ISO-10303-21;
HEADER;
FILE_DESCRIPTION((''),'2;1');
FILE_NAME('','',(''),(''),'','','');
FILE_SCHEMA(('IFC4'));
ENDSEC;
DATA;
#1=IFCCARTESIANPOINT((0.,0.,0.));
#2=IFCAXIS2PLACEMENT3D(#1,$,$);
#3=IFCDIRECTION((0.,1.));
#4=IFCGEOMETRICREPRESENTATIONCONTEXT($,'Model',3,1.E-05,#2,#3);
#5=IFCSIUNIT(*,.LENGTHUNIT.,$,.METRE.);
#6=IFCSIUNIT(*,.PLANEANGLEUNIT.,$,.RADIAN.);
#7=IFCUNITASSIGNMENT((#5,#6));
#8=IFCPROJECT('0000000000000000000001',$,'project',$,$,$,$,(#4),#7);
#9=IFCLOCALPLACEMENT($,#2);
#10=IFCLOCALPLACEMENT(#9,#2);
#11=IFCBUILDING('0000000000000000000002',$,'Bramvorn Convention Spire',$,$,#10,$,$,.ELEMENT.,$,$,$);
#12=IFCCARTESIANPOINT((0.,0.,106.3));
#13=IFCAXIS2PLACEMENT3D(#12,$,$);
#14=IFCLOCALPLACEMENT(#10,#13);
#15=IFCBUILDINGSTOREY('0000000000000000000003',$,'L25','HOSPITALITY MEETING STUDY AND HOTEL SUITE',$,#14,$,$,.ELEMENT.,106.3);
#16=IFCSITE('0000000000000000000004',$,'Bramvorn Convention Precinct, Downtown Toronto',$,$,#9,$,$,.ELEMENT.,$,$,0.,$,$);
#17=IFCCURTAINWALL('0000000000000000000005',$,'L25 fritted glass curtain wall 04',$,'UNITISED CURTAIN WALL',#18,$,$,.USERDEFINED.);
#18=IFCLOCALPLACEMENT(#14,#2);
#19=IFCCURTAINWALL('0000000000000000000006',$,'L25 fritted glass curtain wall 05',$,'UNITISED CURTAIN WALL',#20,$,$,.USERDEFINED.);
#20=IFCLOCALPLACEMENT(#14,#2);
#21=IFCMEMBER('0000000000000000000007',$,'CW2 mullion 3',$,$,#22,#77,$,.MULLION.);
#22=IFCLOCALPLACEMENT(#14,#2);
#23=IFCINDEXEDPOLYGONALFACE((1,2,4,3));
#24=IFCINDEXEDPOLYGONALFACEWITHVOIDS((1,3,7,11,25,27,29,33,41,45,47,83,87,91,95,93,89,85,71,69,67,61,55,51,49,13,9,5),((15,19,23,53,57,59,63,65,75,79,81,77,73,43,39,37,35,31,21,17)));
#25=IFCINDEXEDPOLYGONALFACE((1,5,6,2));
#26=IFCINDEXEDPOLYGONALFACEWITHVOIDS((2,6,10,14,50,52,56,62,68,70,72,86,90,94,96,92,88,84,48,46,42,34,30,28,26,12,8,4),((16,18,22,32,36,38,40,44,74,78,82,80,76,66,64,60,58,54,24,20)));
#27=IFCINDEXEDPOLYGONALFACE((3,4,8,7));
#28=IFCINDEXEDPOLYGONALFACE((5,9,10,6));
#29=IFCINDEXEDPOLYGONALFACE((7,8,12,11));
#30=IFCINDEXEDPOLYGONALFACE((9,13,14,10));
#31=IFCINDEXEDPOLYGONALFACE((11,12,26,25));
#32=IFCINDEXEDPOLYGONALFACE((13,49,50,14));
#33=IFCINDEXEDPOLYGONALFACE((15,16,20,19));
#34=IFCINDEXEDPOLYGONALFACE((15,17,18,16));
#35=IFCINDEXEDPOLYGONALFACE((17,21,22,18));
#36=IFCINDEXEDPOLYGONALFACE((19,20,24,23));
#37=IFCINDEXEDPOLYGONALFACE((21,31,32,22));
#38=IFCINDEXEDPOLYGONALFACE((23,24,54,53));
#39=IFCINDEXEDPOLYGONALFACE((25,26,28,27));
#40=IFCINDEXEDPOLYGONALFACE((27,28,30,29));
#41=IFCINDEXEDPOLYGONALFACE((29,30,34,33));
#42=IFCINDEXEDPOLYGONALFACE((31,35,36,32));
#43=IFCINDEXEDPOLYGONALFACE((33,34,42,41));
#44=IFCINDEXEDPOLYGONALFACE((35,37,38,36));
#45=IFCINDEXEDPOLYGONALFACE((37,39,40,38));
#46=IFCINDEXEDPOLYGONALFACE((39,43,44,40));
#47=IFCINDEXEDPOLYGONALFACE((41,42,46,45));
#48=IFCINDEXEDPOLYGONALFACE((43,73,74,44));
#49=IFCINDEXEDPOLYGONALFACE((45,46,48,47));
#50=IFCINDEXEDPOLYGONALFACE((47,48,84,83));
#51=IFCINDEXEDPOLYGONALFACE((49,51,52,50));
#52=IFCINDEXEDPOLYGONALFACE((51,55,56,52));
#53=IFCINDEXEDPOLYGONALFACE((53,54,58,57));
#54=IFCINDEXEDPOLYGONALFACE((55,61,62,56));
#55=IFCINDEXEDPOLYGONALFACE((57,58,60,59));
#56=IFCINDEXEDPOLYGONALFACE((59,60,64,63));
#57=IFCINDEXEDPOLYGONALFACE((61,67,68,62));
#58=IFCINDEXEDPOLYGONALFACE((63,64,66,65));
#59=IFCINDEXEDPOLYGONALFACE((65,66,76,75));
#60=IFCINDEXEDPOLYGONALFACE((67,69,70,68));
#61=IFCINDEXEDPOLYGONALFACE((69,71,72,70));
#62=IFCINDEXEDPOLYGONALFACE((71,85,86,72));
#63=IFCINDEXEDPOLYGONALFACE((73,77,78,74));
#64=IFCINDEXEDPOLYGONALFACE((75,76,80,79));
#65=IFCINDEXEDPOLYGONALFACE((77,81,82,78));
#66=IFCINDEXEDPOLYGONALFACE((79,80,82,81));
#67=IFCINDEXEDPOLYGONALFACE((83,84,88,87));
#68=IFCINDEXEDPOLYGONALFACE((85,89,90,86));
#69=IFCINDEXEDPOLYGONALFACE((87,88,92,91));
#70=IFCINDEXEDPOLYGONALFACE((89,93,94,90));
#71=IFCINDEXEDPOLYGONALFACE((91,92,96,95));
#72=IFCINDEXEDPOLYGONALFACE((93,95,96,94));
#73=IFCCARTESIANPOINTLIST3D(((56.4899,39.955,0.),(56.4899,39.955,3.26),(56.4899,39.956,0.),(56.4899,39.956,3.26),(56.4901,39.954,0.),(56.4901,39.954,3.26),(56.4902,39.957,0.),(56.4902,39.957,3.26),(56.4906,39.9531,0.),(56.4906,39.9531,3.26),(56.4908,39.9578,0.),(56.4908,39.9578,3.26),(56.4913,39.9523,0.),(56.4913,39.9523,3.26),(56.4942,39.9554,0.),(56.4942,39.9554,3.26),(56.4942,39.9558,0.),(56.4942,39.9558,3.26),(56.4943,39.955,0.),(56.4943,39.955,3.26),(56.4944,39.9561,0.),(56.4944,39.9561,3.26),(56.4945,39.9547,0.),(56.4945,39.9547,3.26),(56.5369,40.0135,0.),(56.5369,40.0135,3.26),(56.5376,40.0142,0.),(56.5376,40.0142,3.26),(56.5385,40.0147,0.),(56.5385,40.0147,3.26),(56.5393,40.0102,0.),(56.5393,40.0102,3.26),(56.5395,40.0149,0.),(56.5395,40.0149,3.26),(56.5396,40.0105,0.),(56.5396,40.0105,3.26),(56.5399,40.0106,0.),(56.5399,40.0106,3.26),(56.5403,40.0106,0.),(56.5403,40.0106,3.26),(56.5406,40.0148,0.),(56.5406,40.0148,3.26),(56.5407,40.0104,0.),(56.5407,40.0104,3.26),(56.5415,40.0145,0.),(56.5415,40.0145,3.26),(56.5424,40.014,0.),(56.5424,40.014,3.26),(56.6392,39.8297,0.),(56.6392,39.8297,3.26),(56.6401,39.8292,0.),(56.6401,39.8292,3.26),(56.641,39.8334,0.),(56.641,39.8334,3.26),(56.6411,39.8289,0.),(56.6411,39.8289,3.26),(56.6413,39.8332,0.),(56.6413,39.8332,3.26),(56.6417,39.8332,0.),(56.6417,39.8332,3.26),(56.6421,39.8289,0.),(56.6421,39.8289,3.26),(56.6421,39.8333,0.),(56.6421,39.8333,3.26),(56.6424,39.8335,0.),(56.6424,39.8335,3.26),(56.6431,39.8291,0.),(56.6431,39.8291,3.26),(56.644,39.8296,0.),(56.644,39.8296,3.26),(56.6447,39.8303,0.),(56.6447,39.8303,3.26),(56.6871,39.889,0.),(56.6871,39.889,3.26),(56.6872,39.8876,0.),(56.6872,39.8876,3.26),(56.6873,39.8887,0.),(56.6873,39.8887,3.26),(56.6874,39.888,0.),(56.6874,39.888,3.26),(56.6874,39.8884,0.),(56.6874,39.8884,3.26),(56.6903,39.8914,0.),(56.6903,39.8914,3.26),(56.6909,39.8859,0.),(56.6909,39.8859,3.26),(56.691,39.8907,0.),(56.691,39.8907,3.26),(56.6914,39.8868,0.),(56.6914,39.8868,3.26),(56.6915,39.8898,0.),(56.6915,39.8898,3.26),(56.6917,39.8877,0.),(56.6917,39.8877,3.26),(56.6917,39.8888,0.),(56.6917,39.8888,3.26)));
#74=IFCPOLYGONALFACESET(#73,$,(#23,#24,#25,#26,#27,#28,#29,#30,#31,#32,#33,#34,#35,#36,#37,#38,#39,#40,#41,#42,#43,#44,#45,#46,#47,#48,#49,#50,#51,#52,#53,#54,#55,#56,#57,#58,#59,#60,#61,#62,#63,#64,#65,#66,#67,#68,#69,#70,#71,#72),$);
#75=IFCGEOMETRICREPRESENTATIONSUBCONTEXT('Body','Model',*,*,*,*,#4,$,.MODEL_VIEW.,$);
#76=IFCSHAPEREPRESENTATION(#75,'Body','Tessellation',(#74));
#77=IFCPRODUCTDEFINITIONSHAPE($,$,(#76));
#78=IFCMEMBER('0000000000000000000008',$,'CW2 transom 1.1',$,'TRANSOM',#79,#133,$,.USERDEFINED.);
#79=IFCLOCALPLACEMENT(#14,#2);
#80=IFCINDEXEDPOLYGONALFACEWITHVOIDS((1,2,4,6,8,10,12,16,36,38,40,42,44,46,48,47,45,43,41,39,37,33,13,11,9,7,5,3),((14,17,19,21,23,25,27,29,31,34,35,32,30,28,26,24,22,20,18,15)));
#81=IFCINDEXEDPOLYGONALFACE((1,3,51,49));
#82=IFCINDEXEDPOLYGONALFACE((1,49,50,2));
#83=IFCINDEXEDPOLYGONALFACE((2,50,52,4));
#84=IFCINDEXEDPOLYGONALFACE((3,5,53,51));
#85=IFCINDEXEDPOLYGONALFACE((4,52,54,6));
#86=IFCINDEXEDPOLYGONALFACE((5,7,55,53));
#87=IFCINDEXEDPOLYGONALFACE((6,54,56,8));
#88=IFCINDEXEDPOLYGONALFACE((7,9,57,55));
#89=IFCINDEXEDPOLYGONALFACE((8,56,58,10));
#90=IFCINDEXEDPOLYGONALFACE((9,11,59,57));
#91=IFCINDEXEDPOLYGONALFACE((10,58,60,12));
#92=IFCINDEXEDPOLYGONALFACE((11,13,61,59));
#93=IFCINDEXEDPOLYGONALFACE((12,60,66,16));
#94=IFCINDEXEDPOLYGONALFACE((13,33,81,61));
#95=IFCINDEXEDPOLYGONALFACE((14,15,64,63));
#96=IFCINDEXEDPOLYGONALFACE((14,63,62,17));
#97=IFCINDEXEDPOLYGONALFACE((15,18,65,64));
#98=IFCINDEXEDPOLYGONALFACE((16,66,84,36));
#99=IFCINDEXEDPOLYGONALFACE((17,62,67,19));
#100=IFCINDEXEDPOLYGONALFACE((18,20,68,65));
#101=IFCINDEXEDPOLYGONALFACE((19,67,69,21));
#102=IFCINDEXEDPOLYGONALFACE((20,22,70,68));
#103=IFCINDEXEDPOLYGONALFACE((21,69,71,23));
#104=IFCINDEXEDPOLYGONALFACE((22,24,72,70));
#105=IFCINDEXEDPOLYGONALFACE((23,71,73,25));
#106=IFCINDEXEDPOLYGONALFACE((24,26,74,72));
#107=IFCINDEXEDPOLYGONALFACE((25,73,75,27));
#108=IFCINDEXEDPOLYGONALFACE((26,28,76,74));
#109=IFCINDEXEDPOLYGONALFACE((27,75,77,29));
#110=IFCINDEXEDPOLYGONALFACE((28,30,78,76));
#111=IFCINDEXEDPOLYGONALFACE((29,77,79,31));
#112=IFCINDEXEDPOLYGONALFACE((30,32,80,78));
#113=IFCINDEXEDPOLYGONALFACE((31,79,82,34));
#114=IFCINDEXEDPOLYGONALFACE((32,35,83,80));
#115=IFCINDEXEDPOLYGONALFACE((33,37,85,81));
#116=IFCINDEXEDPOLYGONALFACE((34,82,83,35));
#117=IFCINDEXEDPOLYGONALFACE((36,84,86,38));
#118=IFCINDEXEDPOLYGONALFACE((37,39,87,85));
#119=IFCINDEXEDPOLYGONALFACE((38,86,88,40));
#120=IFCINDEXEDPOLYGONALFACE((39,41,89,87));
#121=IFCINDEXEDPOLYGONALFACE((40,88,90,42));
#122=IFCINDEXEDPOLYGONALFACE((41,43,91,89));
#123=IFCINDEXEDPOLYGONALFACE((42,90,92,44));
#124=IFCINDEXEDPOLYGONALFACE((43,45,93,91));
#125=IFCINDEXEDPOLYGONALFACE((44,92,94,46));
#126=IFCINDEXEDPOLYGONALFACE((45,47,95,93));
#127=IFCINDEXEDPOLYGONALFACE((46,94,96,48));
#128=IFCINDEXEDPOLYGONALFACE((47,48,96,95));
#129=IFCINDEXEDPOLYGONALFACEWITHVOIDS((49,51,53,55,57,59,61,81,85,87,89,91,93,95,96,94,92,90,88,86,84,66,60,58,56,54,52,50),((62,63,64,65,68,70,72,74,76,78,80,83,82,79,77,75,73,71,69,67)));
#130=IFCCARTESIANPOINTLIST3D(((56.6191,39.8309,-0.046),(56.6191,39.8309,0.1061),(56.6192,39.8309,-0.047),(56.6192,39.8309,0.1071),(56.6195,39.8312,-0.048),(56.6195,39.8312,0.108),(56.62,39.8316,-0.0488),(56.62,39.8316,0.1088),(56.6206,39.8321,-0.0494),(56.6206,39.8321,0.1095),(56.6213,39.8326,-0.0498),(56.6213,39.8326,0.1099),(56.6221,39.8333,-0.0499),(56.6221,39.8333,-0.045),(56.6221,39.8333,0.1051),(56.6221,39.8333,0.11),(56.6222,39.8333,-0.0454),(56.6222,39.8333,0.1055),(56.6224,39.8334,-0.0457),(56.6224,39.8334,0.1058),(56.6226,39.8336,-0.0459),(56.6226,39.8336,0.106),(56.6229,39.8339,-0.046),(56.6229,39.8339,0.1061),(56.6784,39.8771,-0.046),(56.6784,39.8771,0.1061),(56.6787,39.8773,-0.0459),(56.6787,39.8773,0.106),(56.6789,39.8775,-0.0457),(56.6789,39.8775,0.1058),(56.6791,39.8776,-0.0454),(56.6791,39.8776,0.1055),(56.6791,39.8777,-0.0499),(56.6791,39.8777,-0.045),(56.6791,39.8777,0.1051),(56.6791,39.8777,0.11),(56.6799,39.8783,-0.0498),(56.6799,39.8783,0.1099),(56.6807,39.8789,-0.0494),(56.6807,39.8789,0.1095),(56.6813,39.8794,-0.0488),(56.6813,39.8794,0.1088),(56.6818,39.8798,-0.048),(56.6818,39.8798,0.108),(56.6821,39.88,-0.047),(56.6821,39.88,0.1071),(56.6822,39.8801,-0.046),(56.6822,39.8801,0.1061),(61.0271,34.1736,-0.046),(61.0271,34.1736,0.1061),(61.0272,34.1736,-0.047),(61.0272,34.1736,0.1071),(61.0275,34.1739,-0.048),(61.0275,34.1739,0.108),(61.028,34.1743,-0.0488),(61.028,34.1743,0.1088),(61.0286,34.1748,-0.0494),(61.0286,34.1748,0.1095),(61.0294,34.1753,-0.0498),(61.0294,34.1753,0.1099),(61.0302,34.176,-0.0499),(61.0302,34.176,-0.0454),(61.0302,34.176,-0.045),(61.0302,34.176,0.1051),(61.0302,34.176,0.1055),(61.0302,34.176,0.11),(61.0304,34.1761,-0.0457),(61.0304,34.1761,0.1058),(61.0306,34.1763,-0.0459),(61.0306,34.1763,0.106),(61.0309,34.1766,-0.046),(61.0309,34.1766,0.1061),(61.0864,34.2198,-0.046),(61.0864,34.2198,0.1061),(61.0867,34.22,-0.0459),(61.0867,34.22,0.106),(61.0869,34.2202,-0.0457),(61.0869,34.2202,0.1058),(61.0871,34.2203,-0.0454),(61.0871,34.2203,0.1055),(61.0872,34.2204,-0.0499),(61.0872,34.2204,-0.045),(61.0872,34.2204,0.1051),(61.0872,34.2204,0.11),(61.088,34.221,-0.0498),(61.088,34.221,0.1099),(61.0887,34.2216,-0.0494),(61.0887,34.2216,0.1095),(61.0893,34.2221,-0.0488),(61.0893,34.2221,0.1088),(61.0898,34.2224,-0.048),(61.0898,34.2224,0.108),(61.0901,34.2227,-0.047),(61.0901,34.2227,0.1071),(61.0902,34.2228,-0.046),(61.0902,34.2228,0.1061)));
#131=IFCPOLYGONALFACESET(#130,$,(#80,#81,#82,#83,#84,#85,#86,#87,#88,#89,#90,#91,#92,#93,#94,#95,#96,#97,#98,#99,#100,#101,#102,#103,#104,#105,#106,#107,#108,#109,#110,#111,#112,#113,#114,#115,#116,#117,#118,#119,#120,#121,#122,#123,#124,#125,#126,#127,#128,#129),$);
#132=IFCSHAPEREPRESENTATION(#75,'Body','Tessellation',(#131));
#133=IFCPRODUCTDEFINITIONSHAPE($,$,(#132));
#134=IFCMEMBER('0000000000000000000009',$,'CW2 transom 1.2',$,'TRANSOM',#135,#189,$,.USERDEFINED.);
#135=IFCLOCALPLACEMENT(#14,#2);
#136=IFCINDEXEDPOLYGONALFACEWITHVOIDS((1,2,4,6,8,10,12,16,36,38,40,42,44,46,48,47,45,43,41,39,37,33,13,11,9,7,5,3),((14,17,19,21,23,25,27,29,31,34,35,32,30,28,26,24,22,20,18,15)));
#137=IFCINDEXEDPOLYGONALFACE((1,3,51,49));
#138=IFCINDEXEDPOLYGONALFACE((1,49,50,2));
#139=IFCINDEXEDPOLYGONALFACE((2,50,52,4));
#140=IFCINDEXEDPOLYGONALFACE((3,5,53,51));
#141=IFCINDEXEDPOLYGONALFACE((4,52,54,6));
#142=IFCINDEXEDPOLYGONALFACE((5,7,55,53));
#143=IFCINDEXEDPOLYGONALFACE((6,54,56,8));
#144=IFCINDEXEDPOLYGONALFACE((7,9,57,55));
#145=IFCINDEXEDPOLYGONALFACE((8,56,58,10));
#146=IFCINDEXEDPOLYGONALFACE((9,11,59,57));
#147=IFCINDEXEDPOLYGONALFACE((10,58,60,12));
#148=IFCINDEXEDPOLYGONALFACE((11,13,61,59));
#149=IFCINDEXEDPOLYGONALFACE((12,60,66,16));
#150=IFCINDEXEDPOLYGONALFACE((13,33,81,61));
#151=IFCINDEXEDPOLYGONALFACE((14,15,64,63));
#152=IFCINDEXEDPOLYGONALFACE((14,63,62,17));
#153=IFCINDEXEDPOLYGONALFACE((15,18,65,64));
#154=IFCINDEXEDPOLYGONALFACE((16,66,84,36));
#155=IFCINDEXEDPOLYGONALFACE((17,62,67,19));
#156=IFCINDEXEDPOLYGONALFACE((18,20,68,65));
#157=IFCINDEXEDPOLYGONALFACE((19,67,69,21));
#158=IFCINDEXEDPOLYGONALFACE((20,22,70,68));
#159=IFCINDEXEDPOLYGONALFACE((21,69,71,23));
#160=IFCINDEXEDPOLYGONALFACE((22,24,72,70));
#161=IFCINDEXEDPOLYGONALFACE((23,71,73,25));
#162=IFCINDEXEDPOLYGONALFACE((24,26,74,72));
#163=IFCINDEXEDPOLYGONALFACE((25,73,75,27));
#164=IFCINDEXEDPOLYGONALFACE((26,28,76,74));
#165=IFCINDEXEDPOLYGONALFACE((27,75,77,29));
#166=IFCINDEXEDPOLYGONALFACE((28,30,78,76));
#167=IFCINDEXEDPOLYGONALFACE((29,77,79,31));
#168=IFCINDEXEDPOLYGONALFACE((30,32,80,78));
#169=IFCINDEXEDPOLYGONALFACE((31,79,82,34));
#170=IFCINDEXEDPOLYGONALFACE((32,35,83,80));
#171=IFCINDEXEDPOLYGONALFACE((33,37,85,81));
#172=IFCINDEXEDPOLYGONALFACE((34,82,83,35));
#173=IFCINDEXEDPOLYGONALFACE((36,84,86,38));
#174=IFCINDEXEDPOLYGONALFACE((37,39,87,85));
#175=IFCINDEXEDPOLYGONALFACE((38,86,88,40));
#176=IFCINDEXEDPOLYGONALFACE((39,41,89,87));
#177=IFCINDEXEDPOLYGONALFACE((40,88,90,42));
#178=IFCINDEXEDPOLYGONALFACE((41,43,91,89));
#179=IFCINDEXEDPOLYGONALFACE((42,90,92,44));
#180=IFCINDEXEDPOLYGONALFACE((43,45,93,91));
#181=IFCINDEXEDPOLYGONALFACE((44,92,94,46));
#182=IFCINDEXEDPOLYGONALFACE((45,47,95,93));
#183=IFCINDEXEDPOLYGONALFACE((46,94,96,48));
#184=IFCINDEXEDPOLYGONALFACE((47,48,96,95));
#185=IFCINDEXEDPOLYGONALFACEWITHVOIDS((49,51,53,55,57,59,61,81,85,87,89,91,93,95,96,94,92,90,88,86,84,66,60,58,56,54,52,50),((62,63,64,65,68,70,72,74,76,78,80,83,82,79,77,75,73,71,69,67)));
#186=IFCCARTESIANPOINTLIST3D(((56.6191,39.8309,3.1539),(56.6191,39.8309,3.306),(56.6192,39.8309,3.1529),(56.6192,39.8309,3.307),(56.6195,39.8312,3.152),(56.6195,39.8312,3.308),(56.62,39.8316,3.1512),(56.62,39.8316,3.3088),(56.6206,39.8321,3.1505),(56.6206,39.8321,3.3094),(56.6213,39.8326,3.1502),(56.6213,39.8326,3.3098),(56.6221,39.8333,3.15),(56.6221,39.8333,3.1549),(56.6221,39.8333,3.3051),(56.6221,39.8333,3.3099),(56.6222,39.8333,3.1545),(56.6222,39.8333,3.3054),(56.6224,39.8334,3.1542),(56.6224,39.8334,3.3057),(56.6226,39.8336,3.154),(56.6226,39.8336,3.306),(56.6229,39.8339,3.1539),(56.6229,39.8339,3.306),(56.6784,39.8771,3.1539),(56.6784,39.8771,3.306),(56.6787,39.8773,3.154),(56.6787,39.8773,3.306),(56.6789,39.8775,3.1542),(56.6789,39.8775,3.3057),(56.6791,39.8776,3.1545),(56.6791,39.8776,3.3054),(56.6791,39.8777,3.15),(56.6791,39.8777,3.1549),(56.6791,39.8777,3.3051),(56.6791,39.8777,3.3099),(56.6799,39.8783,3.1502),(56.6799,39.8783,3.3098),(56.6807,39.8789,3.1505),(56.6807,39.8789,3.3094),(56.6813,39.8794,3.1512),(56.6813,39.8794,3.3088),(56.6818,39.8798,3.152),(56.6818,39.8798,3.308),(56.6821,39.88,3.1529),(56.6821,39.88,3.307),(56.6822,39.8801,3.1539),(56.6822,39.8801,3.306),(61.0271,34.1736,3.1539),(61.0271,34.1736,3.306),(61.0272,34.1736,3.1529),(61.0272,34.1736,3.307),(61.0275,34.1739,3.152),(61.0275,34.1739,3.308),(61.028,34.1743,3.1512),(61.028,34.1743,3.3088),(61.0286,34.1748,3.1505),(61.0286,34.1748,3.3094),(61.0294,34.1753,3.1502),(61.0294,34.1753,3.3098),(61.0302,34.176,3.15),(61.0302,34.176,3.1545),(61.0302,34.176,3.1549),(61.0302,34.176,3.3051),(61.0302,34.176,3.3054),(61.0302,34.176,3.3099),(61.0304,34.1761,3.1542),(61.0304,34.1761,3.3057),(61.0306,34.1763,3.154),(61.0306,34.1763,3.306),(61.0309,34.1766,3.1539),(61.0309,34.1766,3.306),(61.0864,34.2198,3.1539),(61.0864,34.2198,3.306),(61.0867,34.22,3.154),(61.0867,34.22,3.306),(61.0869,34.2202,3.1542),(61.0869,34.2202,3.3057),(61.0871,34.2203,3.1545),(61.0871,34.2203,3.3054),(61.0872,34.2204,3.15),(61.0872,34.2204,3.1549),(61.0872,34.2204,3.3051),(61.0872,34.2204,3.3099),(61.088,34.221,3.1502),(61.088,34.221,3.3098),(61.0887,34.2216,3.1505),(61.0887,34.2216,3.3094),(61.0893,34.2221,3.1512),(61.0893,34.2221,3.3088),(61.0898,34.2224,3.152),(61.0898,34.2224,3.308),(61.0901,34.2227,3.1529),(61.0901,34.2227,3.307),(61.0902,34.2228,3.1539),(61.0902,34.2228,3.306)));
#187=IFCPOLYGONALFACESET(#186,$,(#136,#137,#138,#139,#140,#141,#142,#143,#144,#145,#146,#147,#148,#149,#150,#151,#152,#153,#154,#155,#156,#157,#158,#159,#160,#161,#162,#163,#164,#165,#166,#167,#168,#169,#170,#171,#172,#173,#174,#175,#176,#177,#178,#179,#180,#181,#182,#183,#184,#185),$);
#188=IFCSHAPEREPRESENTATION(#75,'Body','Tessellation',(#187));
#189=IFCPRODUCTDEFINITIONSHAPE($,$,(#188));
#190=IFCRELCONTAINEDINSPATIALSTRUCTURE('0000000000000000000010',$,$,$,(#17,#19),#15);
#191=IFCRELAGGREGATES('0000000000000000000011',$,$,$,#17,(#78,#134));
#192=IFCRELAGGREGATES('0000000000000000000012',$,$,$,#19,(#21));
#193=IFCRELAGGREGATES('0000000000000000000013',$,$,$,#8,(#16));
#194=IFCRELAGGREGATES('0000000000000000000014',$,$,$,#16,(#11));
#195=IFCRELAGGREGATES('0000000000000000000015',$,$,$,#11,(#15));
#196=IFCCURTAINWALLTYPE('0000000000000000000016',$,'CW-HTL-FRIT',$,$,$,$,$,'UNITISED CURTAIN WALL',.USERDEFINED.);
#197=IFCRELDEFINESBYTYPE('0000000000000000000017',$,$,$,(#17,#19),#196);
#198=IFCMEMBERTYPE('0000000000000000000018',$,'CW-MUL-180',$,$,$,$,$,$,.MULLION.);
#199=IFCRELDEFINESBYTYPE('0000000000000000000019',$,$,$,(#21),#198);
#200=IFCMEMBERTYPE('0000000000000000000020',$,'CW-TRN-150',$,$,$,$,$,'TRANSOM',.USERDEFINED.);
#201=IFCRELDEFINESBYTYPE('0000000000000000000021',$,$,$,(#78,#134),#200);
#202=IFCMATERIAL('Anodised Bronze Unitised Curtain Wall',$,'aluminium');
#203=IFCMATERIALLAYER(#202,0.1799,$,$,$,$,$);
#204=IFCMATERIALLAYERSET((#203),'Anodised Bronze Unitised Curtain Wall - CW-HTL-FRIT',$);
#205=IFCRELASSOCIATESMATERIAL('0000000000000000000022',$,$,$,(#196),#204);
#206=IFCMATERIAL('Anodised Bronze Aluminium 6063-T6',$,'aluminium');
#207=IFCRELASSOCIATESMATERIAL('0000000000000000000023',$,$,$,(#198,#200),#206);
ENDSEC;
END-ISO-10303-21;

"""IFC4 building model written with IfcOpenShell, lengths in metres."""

from ifc_helpers import new_model, si_unit, direction, frame, origin, origin_2d, place, context, subcontext, project, spatial, hollow_rectangle, extrude, material, layer, layer_set, material_profile, profile_set, type_object, element, aggregate, save


model = new_model("IFC4")

# Units and contexts
model_context = context("Model", 3, precision=1e-05, world=origin(), true_north=direction((0.0, 1.0)))
body_context = subcontext(model_context, "Body", "Model", "MODEL_VIEW")
ifc_project = project(units=[si_unit("LENGTHUNIT", "METRE"), si_unit("PLANEANGLEUNIT", "RADIAN")], contexts=[model_context])

# Site, building, storey
site_placement = place(None, origin())
site = spatial("IfcSite", under=ifc_project, at=site_placement, Name="Bramvorn Convention Precinct, Downtown Toronto", CompositionType="ELEMENT", RefElevation=0.0)
building_placement = place(site_placement, origin())
building = spatial("IfcBuilding", under=site, at=building_placement, Name="Bramvorn Convention Spire", CompositionType="ELEMENT")
storey_placement = place(building_placement, frame((0.0, 0.0, 106.3)))
storey = spatial("IfcBuildingStorey", under=building, at=storey_placement, Name="L25", Description="HOSPITALITY MEETING STUDY AND HOTEL SUITE", CompositionType="ELEMENT", Elevation=106.3)

# Curtain wall
ifc_material_1 = material(Name="Anodised Bronze Unitised Curtain Wall", Category="aluminium")
ifc_layer_1 = layer(ifc_material_1, 0.1799)
ifc_layer_set_1 = layer_set([ifc_layer_1], Name="Anodised Bronze Unitised Curtain Wall - CW-HTL-FRIT")
curtain_wall_type = type_object("IfcCurtainWallType", Name="CW-HTL-FRIT", ElementType="UNITISED CURTAIN WALL", PredefinedType="USERDEFINED", material=ifc_layer_set_1)
curtain_wall_1_placement = place(storey_placement, origin())
curtain_wall_1 = element("IfcCurtainWall", 1, at=curtain_wall_1_placement, inside=storey, type_object=curtain_wall_type, Name="L25 fritted glass curtain wall 04", ObjectType="UNITISED CURTAIN WALL", PredefinedType="USERDEFINED")
ifc_material_2 = material(Name="Anodised Bronze Aluminium 6063-T6", Category="aluminium")
ifc_material_profile_1 = material_profile(ifc_material_2, hollow_rectangle(XDim=0.0801, YDim=0.2, WallThickness=0.0039, InnerFilletRadius=0.001, OuterFilletRadius=0.0039, at=origin_2d()))
ifc_profile_set_1 = profile_set([ifc_material_profile_1], Name="Anodised Bronze Aluminium 6063-T6 - CWM80X200")
member_type_1 = type_object("IfcMemberType", Name="CW-MUL-180", PredefinedType="MULLION", material=ifc_profile_set_1)

# Curtain wall, member
curtain_wall_2_placement = place(storey_placement, origin())
curtain_wall_2 = element("IfcCurtainWall", 2, at=curtain_wall_2_placement, inside=storey, type_object=curtain_wall_type, Name="L25 fritted glass curtain wall 05", ObjectType="UNITISED CURTAIN WALL", PredefinedType="USERDEFINED")
member_1_placement = place(storey_placement, frame((56.5908, 39.9219, 0.0), z_axis=(0.0, 0.0, 1.0), x_axis=(0.638095, 0.769958, 0.0)))
member_1 = element("IfcMember", 3, at=member_1_placement, type_object=member_type_1, Name="CW2 mullion 3", PredefinedType="MULLION", context=body_context, shape_type="SweptSolid", body=[
    extrude(hollow_rectangle(XDim=0.0801, YDim=0.2, WallThickness=0.0039, InnerFilletRadius=0.001, OuterFilletRadius=0.0039, at=origin_2d()), origin(), (0.0, 0.0, 1.0), 3.26),
])

# Members
ifc_material_profile_2 = material_profile(ifc_material_2, hollow_rectangle(XDim=0.0801, YDim=0.1599, WallThickness=0.0039, InnerFilletRadius=0.001, OuterFilletRadius=0.0039, at=origin_2d()))
ifc_profile_set_2 = profile_set([ifc_material_profile_2], Name="Anodised Bronze Aluminium 6063-T6 - CWT80X160")
member_type_2 = type_object("IfcMemberType", Name="CW-TRN-150", ElementType="TRANSOM", PredefinedType="USERDEFINED", material=ifc_profile_set_2)
member_2_placement = place(storey_placement, frame((56.6506, 39.8555, 0.03), z_axis=(0.614626, -0.788819, 0.0), x_axis=(0.788819, 0.614626, 0.0)))
member_2 = element("IfcMember", 4, at=member_2_placement, type_object=member_type_2, Name="CW2 transom 1.1", ObjectType="TRANSOM", PredefinedType="USERDEFINED", context=body_context, shape_type="SweptSolid", body=[
    extrude(hollow_rectangle(XDim=0.0801, YDim=0.1599, WallThickness=0.0039, InnerFilletRadius=0.001, OuterFilletRadius=0.0039, at=origin_2d()), origin(), (0.0, 0.0, 1.0), 7.1719),
])
member_3_placement = place(storey_placement, frame((56.6506, 39.8555, 3.23), z_axis=(0.614626, -0.788819, 0.0), x_axis=(0.788819, 0.614626, 0.0)))
member_3 = element("IfcMember", 5, at=member_3_placement, type_object=member_type_2, Name="CW2 transom 1.2", ObjectType="TRANSOM", PredefinedType="USERDEFINED", context=body_context, shape_type="SweptSolid", body=[
    extrude(hollow_rectangle(XDim=0.0801, YDim=0.1599, WallThickness=0.0039, InnerFilletRadius=0.001, OuterFilletRadius=0.0039, at=origin_2d()), origin(), (0.0, 0.0, 1.0), 7.1719),
])

aggregate(curtain_wall_1, [member_2, member_3])
aggregate(curtain_wall_2, [member_1])

save(model, "model.ifc")
